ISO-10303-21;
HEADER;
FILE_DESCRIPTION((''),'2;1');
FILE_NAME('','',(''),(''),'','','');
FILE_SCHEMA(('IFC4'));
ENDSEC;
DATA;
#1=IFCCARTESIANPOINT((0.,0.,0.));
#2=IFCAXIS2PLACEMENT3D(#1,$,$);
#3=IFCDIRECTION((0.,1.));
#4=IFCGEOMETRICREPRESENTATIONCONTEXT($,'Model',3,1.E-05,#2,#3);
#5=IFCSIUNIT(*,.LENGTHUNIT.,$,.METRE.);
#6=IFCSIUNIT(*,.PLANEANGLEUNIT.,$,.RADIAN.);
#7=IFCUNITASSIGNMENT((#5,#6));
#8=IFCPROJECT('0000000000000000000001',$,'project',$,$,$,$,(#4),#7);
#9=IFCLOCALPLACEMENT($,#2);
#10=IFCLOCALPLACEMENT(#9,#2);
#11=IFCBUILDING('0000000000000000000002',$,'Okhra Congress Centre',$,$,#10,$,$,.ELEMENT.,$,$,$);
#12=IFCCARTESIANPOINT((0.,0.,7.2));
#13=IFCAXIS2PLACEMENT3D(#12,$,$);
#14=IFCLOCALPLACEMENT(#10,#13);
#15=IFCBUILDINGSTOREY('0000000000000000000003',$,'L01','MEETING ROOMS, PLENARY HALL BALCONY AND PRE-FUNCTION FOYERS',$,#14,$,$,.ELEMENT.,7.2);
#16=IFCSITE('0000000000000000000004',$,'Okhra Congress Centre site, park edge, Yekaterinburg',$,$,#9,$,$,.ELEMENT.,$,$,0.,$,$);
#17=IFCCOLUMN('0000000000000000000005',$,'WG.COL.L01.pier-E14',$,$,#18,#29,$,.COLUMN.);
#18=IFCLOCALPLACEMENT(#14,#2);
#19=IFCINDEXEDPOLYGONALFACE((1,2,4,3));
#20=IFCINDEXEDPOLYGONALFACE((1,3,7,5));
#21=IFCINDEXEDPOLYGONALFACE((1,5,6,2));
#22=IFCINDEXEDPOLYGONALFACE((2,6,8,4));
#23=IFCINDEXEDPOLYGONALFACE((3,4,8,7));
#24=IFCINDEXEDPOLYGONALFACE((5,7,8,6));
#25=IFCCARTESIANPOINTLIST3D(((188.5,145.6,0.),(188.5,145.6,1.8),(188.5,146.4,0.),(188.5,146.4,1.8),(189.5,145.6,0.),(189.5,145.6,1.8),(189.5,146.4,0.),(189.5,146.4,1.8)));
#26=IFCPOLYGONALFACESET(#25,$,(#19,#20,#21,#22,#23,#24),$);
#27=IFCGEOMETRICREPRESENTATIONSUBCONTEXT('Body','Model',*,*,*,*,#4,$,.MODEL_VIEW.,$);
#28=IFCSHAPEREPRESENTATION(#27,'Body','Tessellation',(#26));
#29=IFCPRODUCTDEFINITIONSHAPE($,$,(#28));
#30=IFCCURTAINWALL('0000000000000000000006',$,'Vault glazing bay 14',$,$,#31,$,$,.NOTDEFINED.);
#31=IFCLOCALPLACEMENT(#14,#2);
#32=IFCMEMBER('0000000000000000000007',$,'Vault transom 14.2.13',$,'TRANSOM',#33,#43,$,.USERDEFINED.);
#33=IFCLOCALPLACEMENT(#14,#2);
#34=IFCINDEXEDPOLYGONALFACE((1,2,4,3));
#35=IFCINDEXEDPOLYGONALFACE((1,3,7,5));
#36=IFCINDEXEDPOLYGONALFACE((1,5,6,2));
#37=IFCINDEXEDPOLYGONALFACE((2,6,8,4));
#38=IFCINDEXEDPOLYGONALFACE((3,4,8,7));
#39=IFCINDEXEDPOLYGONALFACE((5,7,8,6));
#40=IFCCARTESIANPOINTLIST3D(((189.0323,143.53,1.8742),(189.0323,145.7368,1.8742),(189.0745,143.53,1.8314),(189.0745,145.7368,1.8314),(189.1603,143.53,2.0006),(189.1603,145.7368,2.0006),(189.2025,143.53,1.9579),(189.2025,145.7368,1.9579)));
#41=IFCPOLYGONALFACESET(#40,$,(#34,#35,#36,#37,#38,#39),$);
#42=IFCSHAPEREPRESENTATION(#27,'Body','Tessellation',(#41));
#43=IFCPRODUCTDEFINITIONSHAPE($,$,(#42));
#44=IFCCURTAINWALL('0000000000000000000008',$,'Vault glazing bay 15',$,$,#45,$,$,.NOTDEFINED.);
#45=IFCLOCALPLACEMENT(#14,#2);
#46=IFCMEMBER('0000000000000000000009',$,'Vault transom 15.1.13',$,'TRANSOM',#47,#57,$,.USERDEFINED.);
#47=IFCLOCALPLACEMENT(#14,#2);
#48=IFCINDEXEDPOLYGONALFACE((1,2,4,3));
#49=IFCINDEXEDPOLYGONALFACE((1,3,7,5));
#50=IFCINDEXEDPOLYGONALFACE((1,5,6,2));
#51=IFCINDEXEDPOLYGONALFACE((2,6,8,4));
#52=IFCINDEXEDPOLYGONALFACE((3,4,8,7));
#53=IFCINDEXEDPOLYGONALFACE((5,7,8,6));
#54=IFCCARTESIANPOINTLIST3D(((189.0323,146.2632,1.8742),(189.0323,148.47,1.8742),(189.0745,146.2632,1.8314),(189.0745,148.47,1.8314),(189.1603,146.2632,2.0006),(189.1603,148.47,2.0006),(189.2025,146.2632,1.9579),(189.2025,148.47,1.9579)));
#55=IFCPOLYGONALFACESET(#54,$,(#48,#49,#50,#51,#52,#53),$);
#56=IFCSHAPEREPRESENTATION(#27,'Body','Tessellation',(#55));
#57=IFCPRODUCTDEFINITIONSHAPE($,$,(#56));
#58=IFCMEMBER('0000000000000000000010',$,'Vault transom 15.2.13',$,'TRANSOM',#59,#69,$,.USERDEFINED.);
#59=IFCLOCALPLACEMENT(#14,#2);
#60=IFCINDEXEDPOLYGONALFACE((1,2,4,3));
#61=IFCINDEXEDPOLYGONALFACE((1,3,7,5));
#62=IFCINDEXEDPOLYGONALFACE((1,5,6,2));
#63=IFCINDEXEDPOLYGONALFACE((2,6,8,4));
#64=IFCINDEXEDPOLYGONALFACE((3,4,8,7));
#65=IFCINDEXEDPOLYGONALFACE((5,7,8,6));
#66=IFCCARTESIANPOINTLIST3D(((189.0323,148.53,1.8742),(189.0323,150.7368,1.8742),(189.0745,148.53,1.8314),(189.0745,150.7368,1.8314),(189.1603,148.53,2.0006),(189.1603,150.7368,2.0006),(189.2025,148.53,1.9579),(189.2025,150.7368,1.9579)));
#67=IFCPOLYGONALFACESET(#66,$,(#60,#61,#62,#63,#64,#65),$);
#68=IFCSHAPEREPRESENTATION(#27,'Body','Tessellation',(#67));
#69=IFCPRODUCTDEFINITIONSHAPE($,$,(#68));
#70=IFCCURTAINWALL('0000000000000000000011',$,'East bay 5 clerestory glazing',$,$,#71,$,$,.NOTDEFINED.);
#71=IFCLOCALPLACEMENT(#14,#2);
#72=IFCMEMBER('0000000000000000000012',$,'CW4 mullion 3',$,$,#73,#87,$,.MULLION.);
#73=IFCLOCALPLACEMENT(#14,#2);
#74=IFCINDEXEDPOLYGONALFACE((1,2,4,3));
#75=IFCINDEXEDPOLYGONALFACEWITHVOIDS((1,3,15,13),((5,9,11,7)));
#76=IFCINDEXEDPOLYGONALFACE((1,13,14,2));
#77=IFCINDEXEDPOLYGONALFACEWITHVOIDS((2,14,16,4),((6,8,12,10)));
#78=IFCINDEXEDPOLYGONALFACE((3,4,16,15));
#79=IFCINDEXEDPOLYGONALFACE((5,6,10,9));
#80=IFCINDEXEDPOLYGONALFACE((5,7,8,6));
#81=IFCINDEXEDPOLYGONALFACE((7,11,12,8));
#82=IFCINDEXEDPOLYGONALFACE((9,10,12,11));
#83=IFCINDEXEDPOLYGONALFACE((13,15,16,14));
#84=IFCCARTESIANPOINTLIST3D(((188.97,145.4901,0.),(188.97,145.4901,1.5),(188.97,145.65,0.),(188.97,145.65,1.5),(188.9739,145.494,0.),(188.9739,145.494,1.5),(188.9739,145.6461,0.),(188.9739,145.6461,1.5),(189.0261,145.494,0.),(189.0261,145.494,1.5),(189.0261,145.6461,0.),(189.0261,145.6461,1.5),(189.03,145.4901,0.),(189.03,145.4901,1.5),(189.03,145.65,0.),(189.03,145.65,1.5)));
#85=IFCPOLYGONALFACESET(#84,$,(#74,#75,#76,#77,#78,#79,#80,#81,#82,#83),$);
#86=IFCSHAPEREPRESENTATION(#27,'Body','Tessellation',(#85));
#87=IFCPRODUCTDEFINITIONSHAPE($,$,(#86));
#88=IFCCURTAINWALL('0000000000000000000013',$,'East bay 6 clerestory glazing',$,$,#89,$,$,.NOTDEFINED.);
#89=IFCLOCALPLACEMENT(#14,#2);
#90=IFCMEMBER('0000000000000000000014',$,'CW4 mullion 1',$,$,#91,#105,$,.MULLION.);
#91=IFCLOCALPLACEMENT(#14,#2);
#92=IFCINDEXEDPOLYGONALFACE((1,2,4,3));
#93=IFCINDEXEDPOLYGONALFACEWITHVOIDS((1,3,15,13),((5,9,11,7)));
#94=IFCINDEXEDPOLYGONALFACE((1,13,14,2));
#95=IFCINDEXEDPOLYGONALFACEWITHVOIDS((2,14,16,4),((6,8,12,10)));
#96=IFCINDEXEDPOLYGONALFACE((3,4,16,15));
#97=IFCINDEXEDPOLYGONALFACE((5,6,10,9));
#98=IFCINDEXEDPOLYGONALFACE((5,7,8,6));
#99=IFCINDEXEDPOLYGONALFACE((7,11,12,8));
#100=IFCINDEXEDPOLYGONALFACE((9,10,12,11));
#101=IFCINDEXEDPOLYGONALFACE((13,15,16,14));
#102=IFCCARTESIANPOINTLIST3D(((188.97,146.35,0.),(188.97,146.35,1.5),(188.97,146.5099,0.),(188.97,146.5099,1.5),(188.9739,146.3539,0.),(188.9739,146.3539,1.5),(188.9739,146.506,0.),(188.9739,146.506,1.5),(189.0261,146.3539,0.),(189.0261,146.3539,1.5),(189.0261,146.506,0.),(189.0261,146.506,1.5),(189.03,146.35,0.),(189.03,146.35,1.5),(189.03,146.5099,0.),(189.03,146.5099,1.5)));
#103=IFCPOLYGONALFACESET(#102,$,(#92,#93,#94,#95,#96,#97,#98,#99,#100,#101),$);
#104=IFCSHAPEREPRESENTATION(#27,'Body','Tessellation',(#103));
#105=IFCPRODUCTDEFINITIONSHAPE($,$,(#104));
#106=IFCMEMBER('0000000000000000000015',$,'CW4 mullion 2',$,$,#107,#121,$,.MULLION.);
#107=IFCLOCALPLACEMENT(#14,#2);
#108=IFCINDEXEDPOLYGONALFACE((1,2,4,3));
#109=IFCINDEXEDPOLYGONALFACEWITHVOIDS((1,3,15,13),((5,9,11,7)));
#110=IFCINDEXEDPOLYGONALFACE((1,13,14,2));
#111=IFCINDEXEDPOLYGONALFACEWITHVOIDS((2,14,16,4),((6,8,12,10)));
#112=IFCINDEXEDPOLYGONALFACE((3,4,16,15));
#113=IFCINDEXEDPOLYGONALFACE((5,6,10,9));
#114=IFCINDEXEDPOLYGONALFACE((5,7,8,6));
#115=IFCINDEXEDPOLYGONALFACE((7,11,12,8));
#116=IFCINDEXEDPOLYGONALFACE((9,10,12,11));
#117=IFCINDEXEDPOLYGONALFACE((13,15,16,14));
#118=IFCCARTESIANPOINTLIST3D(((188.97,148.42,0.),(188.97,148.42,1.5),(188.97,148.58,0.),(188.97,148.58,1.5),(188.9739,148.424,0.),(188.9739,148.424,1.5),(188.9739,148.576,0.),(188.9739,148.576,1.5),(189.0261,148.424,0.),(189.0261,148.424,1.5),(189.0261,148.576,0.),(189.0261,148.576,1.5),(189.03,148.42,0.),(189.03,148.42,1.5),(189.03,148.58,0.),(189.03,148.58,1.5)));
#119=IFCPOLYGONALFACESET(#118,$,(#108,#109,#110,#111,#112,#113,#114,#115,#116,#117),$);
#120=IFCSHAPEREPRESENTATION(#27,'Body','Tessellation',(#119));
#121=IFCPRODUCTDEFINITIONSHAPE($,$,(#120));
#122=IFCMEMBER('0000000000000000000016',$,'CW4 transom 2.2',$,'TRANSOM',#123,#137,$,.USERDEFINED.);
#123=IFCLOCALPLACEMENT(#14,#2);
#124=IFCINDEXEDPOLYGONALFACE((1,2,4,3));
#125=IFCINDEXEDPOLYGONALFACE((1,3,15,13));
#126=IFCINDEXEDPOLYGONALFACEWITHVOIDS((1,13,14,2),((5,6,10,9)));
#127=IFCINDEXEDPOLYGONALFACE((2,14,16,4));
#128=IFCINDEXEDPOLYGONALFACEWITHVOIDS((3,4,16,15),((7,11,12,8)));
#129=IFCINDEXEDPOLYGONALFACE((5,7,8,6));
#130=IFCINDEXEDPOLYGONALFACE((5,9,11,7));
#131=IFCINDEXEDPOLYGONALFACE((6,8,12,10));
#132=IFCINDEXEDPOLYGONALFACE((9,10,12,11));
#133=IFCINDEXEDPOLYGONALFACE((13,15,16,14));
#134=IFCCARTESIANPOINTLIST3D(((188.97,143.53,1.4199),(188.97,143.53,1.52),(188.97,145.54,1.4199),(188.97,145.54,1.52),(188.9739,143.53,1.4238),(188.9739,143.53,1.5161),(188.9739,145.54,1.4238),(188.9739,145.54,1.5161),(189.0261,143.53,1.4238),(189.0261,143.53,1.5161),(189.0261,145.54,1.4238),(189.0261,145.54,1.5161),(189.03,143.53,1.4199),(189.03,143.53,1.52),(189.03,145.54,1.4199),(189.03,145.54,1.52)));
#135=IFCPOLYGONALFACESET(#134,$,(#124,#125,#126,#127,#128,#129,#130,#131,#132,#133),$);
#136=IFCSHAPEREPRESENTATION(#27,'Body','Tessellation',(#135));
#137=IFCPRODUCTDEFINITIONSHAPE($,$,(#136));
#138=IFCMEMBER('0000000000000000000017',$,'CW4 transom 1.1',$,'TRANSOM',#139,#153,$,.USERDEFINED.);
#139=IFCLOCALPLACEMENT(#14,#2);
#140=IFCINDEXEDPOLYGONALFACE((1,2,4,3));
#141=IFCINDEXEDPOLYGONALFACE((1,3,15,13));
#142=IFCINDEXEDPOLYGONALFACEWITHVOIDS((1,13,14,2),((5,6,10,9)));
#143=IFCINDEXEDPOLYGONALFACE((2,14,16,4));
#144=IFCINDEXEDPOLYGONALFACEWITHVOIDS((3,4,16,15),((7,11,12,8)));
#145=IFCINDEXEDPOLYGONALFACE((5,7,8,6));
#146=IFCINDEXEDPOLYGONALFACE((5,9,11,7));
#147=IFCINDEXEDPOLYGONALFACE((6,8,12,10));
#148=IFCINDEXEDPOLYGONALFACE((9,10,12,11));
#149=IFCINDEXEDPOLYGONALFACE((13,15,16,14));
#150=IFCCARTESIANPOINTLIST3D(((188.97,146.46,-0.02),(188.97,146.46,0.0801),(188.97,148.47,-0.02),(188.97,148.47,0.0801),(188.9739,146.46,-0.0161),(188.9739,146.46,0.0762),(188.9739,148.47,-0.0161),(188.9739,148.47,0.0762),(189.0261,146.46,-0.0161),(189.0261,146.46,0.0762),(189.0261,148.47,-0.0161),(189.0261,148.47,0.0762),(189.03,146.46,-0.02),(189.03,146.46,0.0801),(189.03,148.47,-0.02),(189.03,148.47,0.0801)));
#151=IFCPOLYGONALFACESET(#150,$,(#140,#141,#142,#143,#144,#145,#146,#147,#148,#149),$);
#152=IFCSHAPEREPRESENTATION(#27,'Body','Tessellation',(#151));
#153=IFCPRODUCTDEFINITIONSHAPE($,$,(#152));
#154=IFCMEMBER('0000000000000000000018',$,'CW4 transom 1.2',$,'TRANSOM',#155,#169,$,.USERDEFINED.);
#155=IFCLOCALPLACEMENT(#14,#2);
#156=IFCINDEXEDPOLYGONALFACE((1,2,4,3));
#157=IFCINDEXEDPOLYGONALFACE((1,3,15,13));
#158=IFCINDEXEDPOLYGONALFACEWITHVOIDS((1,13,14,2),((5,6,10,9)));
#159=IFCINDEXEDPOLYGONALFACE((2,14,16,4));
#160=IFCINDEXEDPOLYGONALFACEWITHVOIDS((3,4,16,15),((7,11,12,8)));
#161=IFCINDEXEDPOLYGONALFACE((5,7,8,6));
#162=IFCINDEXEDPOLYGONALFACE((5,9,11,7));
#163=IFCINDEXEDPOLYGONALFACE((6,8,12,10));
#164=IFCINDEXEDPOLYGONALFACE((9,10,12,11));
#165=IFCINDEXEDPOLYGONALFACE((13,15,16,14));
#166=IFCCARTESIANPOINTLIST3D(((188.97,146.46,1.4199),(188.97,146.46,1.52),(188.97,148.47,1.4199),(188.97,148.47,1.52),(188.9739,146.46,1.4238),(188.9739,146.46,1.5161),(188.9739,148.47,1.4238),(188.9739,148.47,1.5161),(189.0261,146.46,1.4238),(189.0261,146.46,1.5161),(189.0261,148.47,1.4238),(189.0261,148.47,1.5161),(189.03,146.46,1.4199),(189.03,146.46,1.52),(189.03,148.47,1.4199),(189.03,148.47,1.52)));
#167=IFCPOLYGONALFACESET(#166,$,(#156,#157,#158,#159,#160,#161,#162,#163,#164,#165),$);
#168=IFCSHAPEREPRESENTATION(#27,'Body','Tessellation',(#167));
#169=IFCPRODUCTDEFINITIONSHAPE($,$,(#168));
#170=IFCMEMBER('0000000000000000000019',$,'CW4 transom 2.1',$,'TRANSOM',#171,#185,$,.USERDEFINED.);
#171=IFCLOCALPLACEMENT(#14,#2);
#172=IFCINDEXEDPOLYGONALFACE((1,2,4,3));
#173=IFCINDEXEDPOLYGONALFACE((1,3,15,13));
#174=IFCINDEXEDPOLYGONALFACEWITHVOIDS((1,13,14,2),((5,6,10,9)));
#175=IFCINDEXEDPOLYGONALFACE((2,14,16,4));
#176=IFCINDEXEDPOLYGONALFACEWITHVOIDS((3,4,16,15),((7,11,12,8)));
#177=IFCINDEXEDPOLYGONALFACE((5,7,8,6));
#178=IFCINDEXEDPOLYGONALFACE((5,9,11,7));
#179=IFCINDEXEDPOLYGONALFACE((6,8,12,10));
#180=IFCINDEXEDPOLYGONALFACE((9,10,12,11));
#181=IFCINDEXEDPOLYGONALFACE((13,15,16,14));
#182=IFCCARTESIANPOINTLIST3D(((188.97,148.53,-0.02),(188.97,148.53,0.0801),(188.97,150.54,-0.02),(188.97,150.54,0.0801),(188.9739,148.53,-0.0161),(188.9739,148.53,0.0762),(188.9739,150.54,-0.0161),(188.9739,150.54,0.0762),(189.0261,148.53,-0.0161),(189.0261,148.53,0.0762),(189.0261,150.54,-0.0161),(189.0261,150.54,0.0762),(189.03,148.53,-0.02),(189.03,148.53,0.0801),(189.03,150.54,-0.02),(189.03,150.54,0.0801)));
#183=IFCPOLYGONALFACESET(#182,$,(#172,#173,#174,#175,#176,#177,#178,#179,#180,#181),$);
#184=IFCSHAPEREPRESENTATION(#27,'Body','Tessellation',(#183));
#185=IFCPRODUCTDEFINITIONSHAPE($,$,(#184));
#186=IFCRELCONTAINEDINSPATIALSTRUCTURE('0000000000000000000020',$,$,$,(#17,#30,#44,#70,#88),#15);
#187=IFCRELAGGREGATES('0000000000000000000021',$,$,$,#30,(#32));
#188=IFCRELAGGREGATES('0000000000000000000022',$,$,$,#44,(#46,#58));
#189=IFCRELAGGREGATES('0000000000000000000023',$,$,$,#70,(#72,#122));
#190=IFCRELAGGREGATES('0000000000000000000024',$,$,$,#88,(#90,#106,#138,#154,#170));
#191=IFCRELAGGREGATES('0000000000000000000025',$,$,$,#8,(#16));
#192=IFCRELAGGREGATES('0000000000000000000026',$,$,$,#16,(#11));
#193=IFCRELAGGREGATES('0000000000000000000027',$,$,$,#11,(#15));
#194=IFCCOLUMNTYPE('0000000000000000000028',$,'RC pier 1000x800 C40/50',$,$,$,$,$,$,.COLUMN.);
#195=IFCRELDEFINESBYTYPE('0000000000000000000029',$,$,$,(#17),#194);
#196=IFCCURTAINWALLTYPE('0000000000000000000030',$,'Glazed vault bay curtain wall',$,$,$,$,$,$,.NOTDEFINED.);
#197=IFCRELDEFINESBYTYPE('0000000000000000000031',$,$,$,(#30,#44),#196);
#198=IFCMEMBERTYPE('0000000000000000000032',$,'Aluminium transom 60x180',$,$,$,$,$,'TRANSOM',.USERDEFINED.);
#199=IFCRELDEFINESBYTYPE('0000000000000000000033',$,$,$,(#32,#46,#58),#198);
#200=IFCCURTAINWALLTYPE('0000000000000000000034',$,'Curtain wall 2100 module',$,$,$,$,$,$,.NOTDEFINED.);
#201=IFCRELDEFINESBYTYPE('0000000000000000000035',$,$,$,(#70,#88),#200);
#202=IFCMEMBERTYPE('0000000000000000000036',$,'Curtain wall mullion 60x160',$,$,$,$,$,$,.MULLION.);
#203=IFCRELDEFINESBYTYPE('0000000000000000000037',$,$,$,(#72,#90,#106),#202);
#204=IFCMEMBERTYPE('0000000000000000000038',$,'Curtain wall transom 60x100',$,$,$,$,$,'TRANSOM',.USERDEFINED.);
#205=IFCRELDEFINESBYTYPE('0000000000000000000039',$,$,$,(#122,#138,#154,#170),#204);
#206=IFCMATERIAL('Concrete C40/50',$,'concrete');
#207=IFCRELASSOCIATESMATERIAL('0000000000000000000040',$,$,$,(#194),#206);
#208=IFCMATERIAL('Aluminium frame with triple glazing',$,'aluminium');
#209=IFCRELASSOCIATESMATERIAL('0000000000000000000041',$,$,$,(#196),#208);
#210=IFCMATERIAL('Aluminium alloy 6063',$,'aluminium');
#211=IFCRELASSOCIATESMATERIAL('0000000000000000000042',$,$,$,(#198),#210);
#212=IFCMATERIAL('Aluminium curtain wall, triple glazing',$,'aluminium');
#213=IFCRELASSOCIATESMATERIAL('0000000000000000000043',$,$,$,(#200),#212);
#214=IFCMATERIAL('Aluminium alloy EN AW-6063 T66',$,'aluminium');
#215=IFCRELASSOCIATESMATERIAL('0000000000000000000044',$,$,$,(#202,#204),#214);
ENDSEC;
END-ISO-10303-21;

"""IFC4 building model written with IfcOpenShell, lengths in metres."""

from ifc_helpers import new_model, si_unit, direction, frame, origin, origin_2d, place, context, subcontext, project, spatial, rectangle, hollow_rectangle, extrude, material, material_profile, profile_set, type_object, element, aggregate, save


model = new_model("IFC4")

# Units and contexts
model_context = context("Model", 3, precision=1e-05, world=origin(), true_north=direction((0.0, 1.0)))
body_context = subcontext(model_context, "Body", "Model", "MODEL_VIEW")
ifc_project = project(units=[si_unit("LENGTHUNIT", "METRE"), si_unit("PLANEANGLEUNIT", "RADIAN")], contexts=[model_context])

# Site, building, storey
site_placement = place(None, origin())
site = spatial("IfcSite", under=ifc_project, at=site_placement, Name="Okhra Congress Centre site, park edge, Yekaterinburg", CompositionType="ELEMENT", RefElevation=0.0)
building_placement = place(site_placement, origin())
building = spatial("IfcBuilding", under=site, at=building_placement, Name="Okhra Congress Centre", CompositionType="ELEMENT")
storey_placement = place(building_placement, frame((0.0, 0.0, 7.2)))
storey = spatial("IfcBuildingStorey", under=building, at=storey_placement, Name="L01", Description="MEETING ROOMS, PLENARY HALL BALCONY AND PRE-FUNCTION FOYERS", CompositionType="ELEMENT", Elevation=7.2)

# Column
ifc_material_1 = material(Name="Concrete C40/50", Category="concrete")
ifc_material_profile_1 = material_profile(ifc_material_1, rectangle(XDim=1.0, YDim=0.8, at=origin_2d()), Name="RC 1000x800")
ifc_profile_set_1 = profile_set([ifc_material_profile_1], Name="Concrete C40/50")
column_type = type_object("IfcColumnType", Name="RC pier 1000x800 C40/50", PredefinedType="COLUMN", material=ifc_profile_set_1)
column_placement = place(storey_placement, frame((189.0, 146.0, 0.0), z_axis=(0.0, 0.0, 1.0), x_axis=(1.0, 0.0, 0.0)))
element("IfcColumn", 1, at=column_placement, inside=storey, type_object=column_type, Name="WG.COL.L01.pier-E14", PredefinedType="COLUMN", context=body_context, shape_type="SweptSolid", body=[
    extrude(rectangle(XDim=1.0, YDim=0.8, at=origin_2d()), origin(), (0.0, 0.0, 1.0), 1.8),
])

# Curtain wall, member
ifc_material_2 = material(Name="Aluminium frame with triple glazing", Category="aluminium")
curtain_wall_type_1 = type_object("IfcCurtainWallType", Name="Glazed vault bay curtain wall", PredefinedType="NOTDEFINED", material=ifc_material_2)
curtain_wall_1_placement = place(storey_placement, origin())
curtain_wall_1 = element("IfcCurtainWall", 2, at=curtain_wall_1_placement, inside=storey, type_object=curtain_wall_type_1, Name="Vault glazing bay 14", PredefinedType="NOTDEFINED")
ifc_material_3 = material(Name="Aluminium alloy 6063", Category="aluminium")
ifc_material_profile_2 = material_profile(ifc_material_3, rectangle(XDim=0.0601, YDim=0.1799, at=origin_2d()), Name="AL 60x180 transom")
ifc_profile_set_2 = profile_set([ifc_material_profile_2], Name="Aluminium alloy 6063")
member_type_1 = type_object("IfcMemberType", Name="Aluminium transom 60x180", ElementType="TRANSOM", PredefinedType="USERDEFINED", material=ifc_profile_set_2)
member_1_placement = place(storey_placement, frame((189.1174, 143.53, 1.916), z_axis=(0.0, 1.0, 0.0), x_axis=(-0.702636, 0.0, 0.711549)))
member_1 = element("IfcMember", 3, at=member_1_placement, type_object=member_type_1, Name="Vault transom 14.2.13", ObjectType="TRANSOM", PredefinedType="USERDEFINED", context=body_context, shape_type="SweptSolid", body=[
    extrude(rectangle(XDim=0.0601, YDim=0.1799, at=origin_2d()), origin(), (0.0, 0.0, 1.0), 2.2068),
])
aggregate(curtain_wall_1, [member_1])

# Curtain wall, members
curtain_wall_2_placement = place(storey_placement, origin())
curtain_wall_2 = element("IfcCurtainWall", 4, at=curtain_wall_2_placement, inside=storey, type_object=curtain_wall_type_1, Name="Vault glazing bay 15", PredefinedType="NOTDEFINED")
member_2_placement = place(storey_placement, frame((189.1174, 146.2632, 1.916), z_axis=(0.0, 1.0, 0.0), x_axis=(-0.702636, 0.0, 0.711549)))
member_2 = element("IfcMember", 5, at=member_2_placement, type_object=member_type_1, Name="Vault transom 15.1.13", ObjectType="TRANSOM", PredefinedType="USERDEFINED", context=body_context, shape_type="SweptSolid", body=[
    extrude(rectangle(XDim=0.0601, YDim=0.1799, at=origin_2d()), origin(), (0.0, 0.0, 1.0), 2.2068),
])
member_3_placement = place(storey_placement, frame((189.1174, 148.53, 1.916), z_axis=(0.0, 1.0, 0.0), x_axis=(-0.702636, 0.0, 0.711549)))
member_3 = element("IfcMember", 6, at=member_3_placement, type_object=member_type_1, Name="Vault transom 15.2.13", ObjectType="TRANSOM", PredefinedType="USERDEFINED", context=body_context, shape_type="SweptSolid", body=[
    extrude(rectangle(XDim=0.0601, YDim=0.1799, at=origin_2d()), origin(), (0.0, 0.0, 1.0), 2.2068),
])
aggregate(curtain_wall_2, [member_2, member_3])

# Curtain wall, member
ifc_material_4 = material(Name="Aluminium curtain wall, triple glazing", Category="aluminium")
curtain_wall_type_2 = type_object("IfcCurtainWallType", Name="Curtain wall 2100 module", PredefinedType="NOTDEFINED", material=ifc_material_4)
curtain_wall_3_placement = place(storey_placement, origin())
curtain_wall_3 = element("IfcCurtainWall", 7, at=curtain_wall_3_placement, inside=storey, type_object=curtain_wall_type_2, Name="East bay 5 clerestory glazing", PredefinedType="NOTDEFINED")
ifc_material_5 = material(Name="Aluminium alloy EN AW-6063 T66", Category="aluminium")
ifc_material_profile_3 = material_profile(ifc_material_5, hollow_rectangle(XDim=0.0601, YDim=0.1599, WallThickness=0.0039, at=origin_2d()), Name="RHS 60x160x4")
ifc_profile_set_3 = profile_set([ifc_material_profile_3], Name="Aluminium alloy EN AW-6063 T66")
member_type_2 = type_object("IfcMemberType", Name="Curtain wall mullion 60x160", PredefinedType="MULLION", material=ifc_profile_set_3)
member_4_placement = place(storey_placement, frame((189.0, 145.5701, 0.0), z_axis=(0.0, 0.0, 1.0), x_axis=(-1.0, 0.0, 0.0)))
member_4 = element("IfcMember", 8, at=member_4_placement, type_object=member_type_2, Name="CW4 mullion 3", PredefinedType="MULLION", context=body_context, shape_type="SweptSolid", body=[
    extrude(hollow_rectangle(XDim=0.0601, YDim=0.1599, WallThickness=0.0039, at=origin_2d()), origin(), (0.0, 0.0, 1.0), 1.5),
])

# Curtain wall, members
curtain_wall_4_placement = place(storey_placement, origin())
curtain_wall_4 = element("IfcCurtainWall", 9, at=curtain_wall_4_placement, inside=storey, type_object=curtain_wall_type_2, Name="East bay 6 clerestory glazing", PredefinedType="NOTDEFINED")
member_5_placement = place(storey_placement, frame((189.0, 146.4299, 0.0), z_axis=(0.0, 0.0, 1.0), x_axis=(-1.0, 0.0, 0.0)))
member_5 = element("IfcMember", 10, at=member_5_placement, type_object=member_type_2, Name="CW4 mullion 1", PredefinedType="MULLION", context=body_context, shape_type="SweptSolid", body=[
    extrude(hollow_rectangle(XDim=0.0601, YDim=0.1599, WallThickness=0.0039, at=origin_2d()), origin(), (0.0, 0.0, 1.0), 1.5),
])
member_6_placement = place(storey_placement, frame((189.0, 148.5, 0.0), z_axis=(0.0, 0.0, 1.0), x_axis=(-1.0, 0.0, 0.0)))
member_6 = element("IfcMember", 11, at=member_6_placement, type_object=member_type_2, Name="CW4 mullion 2", PredefinedType="MULLION", context=body_context, shape_type="SweptSolid", body=[
    extrude(hollow_rectangle(XDim=0.0601, YDim=0.1599, WallThickness=0.0039, at=origin_2d()), origin(), (0.0, 0.0, 1.0), 1.5),
])

# Members
ifc_material_profile_4 = material_profile(ifc_material_5, hollow_rectangle(XDim=0.0601, YDim=0.1001, WallThickness=0.0039, at=origin_2d()), Name="RHS 60x100x4")
ifc_profile_set_4 = profile_set([ifc_material_profile_4], Name="Aluminium alloy EN AW-6063 T66")
member_type_3 = type_object("IfcMemberType", Name="Curtain wall transom 60x100", ElementType="TRANSOM", PredefinedType="USERDEFINED", material=ifc_profile_set_4)
member_7_placement = place(storey_placement, frame((189.0, 143.53, 1.47), z_axis=(0.0, 1.0, 0.0), x_axis=(-1.0, 0.0, 0.0)))
member_7 = element("IfcMember", 12, at=member_7_placement, type_object=member_type_3, Name="CW4 transom 2.2", ObjectType="TRANSOM", PredefinedType="USERDEFINED", context=body_context, shape_type="SweptSolid", body=[
    extrude(hollow_rectangle(XDim=0.0601, YDim=0.1001, WallThickness=0.0039, at=origin_2d()), origin(), (0.0, 0.0, 1.0), 2.01),
])
member_8_placement = place(storey_placement, frame((189.0, 146.46, 0.03), z_axis=(0.0, 1.0, 0.0), x_axis=(-1.0, 0.0, 0.0)))
member_8 = element("IfcMember", 13, at=member_8_placement, type_object=member_type_3, Name="CW4 transom 1.1", ObjectType="TRANSOM", PredefinedType="USERDEFINED", context=body_context, shape_type="SweptSolid", body=[
    extrude(hollow_rectangle(XDim=0.0601, YDim=0.1001, WallThickness=0.0039, at=origin_2d()), origin(), (0.0, 0.0, 1.0), 2.01),
])
member_9_placement = place(storey_placement, frame((189.0, 146.46, 1.47), z_axis=(0.0, 1.0, 0.0), x_axis=(-1.0, 0.0, 0.0)))
member_9 = element("IfcMember", 14, at=member_9_placement, type_object=member_type_3, Name="CW4 transom 1.2", ObjectType="TRANSOM", PredefinedType="USERDEFINED", context=body_context, shape_type="SweptSolid", body=[
    extrude(hollow_rectangle(XDim=0.0601, YDim=0.1001, WallThickness=0.0039, at=origin_2d()), origin(), (0.0, 0.0, 1.0), 2.01),
])
member_10_placement = place(storey_placement, frame((189.0, 148.53, 0.03), z_axis=(0.0, 1.0, 0.0), x_axis=(-1.0, 0.0, 0.0)))
member_10 = element("IfcMember", 15, at=member_10_placement, type_object=member_type_3, Name="CW4 transom 2.1", ObjectType="TRANSOM", PredefinedType="USERDEFINED", context=body_context, shape_type="SweptSolid", body=[
    extrude(hollow_rectangle(XDim=0.0601, YDim=0.1001, WallThickness=0.0039, at=origin_2d()), origin(), (0.0, 0.0, 1.0), 2.01),
])

aggregate(curtain_wall_3, [member_4, member_7])
aggregate(curtain_wall_4, [member_5, member_6, member_8, member_9, member_10])

save(model, "model.ifc")
